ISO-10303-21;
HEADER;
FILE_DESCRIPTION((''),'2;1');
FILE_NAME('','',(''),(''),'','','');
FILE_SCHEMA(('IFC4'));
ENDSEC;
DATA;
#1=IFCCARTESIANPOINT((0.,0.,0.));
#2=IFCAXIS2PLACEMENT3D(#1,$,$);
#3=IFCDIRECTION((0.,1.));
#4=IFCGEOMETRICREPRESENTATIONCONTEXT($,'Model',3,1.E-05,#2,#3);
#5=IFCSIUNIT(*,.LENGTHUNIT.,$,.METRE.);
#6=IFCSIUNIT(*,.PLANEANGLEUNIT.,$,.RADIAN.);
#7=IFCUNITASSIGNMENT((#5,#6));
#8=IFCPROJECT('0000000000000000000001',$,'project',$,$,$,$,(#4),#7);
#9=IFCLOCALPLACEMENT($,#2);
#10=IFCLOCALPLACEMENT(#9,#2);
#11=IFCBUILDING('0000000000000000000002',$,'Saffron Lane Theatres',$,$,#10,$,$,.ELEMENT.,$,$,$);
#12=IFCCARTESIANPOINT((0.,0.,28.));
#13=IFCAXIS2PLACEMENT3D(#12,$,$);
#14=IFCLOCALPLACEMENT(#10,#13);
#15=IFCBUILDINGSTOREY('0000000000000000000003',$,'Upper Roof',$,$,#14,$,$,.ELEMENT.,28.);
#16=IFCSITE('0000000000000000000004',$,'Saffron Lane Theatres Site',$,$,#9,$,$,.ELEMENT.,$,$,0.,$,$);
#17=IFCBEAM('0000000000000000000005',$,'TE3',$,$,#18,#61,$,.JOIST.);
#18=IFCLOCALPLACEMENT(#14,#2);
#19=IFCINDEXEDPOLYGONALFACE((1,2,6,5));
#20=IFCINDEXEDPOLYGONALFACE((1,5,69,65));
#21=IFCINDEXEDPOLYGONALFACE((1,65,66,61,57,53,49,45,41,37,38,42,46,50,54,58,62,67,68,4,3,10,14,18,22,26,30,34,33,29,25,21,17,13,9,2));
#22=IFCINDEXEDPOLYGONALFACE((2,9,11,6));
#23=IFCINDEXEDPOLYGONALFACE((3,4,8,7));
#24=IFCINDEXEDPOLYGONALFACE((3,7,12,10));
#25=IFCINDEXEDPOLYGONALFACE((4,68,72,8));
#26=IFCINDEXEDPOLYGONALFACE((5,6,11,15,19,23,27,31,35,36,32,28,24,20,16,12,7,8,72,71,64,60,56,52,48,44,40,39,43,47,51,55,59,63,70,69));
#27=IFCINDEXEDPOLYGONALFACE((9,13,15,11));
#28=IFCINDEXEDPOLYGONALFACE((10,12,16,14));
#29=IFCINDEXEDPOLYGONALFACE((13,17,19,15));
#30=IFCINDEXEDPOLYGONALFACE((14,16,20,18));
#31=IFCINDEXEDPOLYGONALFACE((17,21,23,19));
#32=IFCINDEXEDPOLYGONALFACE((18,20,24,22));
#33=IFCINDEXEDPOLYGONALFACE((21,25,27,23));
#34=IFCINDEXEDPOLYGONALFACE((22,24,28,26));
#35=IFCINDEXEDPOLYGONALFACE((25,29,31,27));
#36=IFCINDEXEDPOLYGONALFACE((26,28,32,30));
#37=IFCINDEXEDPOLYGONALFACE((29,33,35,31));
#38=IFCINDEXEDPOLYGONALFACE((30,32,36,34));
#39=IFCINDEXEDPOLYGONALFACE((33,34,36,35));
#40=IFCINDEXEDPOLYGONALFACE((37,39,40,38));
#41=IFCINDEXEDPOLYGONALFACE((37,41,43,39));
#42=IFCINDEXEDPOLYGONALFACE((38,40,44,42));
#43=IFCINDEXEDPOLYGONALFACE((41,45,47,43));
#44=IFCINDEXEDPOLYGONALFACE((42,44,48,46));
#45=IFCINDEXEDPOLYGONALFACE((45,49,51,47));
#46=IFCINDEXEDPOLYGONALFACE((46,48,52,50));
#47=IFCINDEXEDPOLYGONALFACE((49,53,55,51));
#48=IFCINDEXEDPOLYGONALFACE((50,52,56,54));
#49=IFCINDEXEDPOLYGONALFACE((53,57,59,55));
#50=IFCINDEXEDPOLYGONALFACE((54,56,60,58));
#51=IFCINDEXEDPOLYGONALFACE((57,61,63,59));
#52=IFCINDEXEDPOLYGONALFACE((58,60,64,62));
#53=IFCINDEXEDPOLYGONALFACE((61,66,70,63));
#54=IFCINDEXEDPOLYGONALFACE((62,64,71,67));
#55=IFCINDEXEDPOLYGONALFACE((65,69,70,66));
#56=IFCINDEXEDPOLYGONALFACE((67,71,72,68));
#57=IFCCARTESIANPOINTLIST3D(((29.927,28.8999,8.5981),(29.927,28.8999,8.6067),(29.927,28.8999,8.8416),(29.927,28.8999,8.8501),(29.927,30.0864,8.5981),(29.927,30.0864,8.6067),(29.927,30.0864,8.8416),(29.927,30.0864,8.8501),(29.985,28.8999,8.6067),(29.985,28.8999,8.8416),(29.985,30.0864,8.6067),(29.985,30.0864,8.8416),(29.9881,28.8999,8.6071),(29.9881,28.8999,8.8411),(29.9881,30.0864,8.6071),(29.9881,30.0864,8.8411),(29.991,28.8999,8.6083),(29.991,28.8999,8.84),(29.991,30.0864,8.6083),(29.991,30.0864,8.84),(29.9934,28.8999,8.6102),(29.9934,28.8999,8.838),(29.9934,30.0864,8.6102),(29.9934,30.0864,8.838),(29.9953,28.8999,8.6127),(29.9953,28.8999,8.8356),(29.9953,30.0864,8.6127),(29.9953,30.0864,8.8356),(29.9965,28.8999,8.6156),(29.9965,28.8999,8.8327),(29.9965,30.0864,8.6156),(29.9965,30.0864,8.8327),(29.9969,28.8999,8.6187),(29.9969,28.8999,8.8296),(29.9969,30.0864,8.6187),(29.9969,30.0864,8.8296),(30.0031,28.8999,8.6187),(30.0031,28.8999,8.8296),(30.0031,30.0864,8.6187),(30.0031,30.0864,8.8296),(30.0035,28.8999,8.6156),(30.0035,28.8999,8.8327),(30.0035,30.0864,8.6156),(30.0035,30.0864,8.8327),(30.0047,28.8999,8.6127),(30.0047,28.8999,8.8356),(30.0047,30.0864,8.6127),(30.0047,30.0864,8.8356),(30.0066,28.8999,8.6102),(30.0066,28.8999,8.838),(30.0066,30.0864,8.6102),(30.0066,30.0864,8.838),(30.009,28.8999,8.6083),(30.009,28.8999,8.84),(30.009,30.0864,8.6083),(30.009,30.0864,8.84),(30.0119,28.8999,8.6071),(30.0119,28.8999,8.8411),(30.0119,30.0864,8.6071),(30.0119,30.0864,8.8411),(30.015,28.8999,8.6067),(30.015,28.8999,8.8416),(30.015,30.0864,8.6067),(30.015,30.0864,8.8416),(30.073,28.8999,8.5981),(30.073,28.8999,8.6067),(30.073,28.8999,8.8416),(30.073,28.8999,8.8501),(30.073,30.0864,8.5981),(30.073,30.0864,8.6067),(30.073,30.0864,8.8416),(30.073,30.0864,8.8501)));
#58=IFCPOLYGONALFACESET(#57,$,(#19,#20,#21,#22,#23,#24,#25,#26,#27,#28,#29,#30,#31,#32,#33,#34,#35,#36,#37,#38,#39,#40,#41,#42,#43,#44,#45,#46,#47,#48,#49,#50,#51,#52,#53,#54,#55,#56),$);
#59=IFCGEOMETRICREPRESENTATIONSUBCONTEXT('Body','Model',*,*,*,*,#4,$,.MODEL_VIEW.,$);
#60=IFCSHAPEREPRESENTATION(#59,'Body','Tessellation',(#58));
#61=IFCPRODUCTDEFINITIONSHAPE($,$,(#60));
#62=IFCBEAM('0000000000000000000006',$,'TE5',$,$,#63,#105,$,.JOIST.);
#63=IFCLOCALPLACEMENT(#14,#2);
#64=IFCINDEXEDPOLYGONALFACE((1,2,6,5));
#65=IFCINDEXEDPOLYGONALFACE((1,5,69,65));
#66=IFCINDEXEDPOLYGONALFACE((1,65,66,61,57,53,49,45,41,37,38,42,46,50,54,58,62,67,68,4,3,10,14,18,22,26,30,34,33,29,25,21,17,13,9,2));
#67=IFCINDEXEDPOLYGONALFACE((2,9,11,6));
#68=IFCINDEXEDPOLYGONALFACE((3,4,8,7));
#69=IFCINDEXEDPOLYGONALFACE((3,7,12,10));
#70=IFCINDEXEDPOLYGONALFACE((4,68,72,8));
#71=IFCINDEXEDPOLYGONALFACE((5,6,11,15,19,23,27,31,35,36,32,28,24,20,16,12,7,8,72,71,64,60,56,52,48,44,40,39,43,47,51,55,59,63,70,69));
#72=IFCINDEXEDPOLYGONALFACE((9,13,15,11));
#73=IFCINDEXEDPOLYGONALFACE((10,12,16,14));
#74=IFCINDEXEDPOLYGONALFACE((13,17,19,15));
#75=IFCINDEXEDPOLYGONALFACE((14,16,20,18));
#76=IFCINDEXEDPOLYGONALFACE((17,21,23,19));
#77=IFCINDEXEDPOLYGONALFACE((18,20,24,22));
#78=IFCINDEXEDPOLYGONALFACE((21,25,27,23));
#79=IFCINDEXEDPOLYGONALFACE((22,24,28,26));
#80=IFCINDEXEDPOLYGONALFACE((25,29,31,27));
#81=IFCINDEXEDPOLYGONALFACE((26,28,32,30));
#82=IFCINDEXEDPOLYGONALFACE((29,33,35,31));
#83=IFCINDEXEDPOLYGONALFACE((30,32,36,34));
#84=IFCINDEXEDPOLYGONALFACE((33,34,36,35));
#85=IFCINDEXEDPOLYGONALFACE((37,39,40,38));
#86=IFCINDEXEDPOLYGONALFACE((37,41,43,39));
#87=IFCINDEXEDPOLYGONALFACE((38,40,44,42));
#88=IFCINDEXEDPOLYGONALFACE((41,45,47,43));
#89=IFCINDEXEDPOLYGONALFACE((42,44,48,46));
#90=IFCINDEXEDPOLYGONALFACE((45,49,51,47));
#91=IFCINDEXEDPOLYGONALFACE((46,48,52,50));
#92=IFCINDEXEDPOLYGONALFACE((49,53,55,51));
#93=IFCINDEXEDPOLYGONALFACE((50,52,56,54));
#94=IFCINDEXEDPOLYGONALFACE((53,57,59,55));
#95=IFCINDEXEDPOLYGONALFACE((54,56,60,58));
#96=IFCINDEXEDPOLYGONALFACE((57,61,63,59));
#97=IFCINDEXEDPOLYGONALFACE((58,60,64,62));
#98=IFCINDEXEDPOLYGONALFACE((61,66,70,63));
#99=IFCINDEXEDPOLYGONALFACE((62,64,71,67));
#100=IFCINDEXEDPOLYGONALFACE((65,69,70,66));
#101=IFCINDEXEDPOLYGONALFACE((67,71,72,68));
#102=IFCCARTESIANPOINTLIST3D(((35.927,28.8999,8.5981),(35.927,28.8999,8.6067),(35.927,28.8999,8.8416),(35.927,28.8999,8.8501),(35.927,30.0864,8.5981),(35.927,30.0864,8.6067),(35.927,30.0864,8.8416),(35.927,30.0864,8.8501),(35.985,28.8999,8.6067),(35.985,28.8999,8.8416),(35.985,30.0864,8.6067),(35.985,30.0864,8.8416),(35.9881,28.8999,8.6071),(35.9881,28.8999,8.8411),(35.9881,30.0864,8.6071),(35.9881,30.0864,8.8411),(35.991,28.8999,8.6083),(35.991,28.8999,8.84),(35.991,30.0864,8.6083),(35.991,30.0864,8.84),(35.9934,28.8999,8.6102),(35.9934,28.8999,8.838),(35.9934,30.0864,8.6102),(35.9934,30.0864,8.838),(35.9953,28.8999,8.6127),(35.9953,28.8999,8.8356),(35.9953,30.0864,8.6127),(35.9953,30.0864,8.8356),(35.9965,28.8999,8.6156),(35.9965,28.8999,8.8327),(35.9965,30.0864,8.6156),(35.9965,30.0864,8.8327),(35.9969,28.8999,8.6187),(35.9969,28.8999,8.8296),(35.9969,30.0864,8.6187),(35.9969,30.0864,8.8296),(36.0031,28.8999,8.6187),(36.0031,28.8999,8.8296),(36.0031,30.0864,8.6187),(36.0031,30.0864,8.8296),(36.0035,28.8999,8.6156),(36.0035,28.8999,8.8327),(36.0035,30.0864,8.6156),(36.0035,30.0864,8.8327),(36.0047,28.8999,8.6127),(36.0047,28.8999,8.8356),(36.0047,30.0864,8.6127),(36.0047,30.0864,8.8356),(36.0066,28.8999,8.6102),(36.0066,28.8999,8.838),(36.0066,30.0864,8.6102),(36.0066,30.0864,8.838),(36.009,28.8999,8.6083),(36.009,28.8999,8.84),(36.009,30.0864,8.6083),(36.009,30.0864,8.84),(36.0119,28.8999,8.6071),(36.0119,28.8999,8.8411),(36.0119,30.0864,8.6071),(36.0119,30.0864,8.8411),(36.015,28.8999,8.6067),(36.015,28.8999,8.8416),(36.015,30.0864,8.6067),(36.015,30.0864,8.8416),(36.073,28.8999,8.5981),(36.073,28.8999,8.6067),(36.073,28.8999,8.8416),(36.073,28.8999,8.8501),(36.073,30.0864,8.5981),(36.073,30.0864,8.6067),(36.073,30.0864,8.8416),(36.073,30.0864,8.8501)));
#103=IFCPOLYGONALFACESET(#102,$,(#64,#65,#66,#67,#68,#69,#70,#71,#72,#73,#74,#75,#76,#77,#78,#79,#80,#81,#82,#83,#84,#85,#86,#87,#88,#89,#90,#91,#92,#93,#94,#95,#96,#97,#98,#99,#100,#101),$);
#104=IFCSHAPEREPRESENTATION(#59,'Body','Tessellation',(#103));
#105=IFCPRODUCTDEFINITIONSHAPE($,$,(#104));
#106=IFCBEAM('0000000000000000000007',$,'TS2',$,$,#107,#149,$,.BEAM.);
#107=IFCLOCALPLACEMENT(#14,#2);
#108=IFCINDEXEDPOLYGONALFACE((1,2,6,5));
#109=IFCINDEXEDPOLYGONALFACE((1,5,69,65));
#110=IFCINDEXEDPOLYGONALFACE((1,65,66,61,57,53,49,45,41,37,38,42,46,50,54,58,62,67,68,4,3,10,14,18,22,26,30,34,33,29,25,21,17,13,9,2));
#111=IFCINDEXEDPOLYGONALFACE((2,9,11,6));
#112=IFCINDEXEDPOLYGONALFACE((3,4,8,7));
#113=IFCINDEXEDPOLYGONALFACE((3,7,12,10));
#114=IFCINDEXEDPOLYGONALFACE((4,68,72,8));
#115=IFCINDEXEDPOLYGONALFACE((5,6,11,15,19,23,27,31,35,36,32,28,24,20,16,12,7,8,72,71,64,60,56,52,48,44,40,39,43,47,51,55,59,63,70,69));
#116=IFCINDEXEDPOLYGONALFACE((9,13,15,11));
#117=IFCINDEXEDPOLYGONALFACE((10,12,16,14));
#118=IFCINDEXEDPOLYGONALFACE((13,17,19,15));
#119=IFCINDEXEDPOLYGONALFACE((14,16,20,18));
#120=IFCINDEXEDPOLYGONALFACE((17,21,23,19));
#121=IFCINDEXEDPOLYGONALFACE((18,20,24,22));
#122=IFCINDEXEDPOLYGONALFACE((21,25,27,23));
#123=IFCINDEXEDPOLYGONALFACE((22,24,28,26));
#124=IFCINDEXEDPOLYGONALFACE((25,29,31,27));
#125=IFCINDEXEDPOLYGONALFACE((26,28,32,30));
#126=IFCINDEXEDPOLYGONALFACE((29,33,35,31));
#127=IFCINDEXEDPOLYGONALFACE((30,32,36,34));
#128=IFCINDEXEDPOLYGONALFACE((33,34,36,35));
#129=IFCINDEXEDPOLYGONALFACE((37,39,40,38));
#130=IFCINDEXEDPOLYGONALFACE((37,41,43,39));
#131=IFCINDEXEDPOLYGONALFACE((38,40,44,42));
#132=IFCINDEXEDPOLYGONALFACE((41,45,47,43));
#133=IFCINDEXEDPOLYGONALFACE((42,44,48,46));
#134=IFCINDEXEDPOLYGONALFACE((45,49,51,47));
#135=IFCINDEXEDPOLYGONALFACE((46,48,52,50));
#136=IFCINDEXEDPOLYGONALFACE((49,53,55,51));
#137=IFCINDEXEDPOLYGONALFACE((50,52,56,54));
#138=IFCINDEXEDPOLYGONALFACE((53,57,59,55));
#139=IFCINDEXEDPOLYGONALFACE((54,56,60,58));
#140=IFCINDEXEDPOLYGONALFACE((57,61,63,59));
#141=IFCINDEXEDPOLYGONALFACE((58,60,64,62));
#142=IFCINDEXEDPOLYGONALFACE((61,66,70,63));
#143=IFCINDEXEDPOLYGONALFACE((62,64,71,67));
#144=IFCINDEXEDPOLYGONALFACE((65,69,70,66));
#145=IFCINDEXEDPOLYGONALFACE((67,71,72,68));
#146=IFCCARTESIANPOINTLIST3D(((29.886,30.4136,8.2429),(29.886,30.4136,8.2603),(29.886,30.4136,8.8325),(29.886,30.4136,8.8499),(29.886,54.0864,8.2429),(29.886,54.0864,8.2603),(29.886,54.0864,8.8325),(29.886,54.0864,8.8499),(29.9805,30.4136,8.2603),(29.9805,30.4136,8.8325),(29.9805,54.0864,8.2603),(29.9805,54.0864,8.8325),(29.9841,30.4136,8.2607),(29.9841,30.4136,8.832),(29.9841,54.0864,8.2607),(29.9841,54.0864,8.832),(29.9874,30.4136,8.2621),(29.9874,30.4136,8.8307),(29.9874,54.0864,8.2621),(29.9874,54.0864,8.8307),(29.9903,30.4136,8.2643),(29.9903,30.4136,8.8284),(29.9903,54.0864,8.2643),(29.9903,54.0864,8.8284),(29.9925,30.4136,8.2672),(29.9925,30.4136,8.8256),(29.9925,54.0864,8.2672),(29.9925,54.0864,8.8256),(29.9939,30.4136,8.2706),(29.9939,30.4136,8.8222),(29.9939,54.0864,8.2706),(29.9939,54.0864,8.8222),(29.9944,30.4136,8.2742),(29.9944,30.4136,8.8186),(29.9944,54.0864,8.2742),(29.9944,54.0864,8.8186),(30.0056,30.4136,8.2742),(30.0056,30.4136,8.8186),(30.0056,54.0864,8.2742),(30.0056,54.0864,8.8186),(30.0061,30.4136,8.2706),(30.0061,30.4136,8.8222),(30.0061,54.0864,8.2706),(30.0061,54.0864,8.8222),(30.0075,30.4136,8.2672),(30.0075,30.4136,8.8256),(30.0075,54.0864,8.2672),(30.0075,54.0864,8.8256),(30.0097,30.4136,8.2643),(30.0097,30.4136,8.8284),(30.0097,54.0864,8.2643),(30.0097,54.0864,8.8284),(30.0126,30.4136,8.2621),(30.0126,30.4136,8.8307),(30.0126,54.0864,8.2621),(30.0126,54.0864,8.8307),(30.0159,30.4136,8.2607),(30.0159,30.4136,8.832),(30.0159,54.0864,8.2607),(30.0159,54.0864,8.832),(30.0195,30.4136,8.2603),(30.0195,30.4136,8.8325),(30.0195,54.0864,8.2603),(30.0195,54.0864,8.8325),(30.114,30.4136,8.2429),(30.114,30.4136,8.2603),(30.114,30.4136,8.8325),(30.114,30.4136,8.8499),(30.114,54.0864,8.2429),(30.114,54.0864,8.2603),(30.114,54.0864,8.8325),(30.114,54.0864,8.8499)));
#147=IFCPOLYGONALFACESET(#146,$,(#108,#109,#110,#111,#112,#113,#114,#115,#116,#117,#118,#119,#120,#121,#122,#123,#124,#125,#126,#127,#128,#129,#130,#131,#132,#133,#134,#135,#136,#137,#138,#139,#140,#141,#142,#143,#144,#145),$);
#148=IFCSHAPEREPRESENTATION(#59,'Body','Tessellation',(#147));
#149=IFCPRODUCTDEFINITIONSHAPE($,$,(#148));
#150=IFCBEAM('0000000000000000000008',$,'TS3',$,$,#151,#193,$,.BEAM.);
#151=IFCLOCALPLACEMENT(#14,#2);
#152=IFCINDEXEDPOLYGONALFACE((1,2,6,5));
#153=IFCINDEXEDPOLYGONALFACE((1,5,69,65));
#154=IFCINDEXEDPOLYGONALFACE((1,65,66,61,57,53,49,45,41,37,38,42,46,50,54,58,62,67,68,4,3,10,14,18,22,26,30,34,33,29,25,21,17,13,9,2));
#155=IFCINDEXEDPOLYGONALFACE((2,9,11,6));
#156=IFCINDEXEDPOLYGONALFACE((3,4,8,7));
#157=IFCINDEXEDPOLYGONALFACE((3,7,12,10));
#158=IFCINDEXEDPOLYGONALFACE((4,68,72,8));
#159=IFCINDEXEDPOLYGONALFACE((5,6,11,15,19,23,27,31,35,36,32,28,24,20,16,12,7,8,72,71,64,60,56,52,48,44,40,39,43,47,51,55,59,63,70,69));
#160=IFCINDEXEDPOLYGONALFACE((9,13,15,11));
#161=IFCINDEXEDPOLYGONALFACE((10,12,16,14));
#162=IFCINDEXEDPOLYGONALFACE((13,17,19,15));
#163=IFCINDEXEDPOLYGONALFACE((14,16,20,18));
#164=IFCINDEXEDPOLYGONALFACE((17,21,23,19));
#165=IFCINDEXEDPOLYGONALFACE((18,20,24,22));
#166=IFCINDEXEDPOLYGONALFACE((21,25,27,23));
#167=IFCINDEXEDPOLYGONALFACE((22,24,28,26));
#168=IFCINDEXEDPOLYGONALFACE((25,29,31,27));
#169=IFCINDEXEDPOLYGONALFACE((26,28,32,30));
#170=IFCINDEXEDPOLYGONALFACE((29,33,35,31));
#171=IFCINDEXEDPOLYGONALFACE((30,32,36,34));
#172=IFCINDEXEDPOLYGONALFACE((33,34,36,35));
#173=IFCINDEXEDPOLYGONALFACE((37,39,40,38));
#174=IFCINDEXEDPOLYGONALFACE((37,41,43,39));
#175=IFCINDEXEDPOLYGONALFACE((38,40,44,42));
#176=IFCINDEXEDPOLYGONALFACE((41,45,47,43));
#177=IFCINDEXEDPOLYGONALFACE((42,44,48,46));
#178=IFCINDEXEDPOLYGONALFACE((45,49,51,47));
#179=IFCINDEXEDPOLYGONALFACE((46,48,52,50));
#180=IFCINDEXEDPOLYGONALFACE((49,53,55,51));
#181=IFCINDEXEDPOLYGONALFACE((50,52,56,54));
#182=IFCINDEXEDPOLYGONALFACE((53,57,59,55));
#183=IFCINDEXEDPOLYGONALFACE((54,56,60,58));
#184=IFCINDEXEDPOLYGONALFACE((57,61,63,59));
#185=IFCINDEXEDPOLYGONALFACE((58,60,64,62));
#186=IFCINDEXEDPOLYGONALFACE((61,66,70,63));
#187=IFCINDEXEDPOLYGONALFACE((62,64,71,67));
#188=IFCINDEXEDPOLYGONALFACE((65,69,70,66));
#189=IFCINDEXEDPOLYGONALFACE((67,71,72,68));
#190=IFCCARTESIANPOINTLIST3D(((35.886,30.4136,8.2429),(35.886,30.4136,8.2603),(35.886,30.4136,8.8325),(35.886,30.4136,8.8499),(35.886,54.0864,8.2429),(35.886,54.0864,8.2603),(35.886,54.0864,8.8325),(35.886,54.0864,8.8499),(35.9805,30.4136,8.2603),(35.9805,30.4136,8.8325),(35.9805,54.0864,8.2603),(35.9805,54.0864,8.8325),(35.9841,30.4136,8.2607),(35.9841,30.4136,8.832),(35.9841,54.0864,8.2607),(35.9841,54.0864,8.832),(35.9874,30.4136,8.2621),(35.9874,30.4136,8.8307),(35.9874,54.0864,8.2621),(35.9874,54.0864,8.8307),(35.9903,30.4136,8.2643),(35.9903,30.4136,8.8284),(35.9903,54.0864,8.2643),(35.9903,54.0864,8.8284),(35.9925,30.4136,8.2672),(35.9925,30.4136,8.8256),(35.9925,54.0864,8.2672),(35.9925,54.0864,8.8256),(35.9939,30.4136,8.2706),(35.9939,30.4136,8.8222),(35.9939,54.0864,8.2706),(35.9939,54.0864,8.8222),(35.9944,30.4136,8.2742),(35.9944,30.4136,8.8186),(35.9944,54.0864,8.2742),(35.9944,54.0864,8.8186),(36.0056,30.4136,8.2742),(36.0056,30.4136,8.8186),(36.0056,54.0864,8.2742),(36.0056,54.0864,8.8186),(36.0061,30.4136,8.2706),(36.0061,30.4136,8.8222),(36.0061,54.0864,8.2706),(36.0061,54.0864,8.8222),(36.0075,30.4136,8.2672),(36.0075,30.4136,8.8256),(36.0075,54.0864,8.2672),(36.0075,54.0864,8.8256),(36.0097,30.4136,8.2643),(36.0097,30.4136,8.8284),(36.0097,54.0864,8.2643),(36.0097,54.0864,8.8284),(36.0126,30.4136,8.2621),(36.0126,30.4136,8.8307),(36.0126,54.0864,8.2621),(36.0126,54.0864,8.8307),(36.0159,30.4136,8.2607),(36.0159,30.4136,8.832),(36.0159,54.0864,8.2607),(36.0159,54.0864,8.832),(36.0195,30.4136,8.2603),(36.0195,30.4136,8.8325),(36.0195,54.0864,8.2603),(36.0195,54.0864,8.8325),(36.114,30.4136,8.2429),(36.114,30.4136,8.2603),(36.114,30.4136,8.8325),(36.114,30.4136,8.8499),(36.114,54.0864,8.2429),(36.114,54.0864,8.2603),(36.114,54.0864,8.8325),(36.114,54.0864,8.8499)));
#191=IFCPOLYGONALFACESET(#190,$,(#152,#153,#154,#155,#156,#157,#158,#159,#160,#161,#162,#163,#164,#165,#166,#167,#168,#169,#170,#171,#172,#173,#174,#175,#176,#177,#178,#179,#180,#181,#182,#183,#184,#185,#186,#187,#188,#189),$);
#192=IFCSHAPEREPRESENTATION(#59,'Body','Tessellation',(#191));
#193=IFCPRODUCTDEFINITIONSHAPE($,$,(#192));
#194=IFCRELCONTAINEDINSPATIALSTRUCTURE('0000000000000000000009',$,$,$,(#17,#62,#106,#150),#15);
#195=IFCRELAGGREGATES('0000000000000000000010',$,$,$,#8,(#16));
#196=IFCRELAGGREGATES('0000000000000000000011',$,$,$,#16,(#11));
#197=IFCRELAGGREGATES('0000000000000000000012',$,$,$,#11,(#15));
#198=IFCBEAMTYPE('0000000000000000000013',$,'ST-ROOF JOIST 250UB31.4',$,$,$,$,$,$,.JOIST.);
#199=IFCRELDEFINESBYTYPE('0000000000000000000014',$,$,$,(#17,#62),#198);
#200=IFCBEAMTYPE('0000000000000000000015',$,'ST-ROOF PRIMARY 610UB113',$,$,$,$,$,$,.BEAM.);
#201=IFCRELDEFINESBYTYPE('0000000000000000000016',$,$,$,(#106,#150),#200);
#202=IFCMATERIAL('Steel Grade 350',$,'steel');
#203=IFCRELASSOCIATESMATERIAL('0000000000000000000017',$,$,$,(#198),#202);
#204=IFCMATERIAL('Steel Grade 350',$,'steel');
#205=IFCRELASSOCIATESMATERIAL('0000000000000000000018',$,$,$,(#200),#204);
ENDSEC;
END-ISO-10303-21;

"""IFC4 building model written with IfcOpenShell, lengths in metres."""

from ifc_helpers import new_model, si_unit, direction, frame, origin, origin_2d, place, context, subcontext, project, spatial, i_section, extrude, material, material_profile, profile_set, type_object, element, save


model = new_model("IFC4")

# Units and contexts
model_context = context("Model", 3, precision=1e-05, world=origin(), true_north=direction((0.0, 1.0)))
body_context = subcontext(model_context, "Body", "Model", "MODEL_VIEW")
ifc_project = project(units=[si_unit("LENGTHUNIT", "METRE"), si_unit("PLANEANGLEUNIT", "RADIAN")], contexts=[model_context])

# Site, building, storey
site_placement = place(None, origin())
site = spatial("IfcSite", under=ifc_project, at=site_placement, Name="Saffron Lane Theatres Site", CompositionType="ELEMENT", RefElevation=0.0)
building_placement = place(site_placement, origin())
building = spatial("IfcBuilding", under=site, at=building_placement, Name="Saffron Lane Theatres", CompositionType="ELEMENT")
storey_placement = place(building_placement, frame((0.0, 0.0, 28.0)))
storey = spatial("IfcBuildingStorey", under=building, at=storey_placement, Name="Upper Roof", CompositionType="ELEMENT", Elevation=28.0)

# Beams
ifc_material_1 = material(Name="Steel Grade 350", Category="steel")
ifc_material_profile_1 = material_profile(ifc_material_1, i_section(OverallWidth=0.146, OverallDepth=0.252, WebThickness=0.0061, FlangeThickness=0.0085, FilletRadius=0.012, at=origin_2d()))
ifc_profile_set_1 = profile_set([ifc_material_profile_1], Name="Steel Grade 350")
beam_type_1 = type_object("IfcBeamType", Name="ST-ROOF JOIST 250UB31.4", PredefinedType="JOIST", material=ifc_profile_set_1)
for number, where, z_axis, x_axis, name in (
    (1, (30.0, 30.0864, 8.7241), (0.0, -1.0, 0.0), (1.0, 0.0, 0.0), "TE3"),
    (2, (36.0, 30.0864, 8.7241), (0.0, -1.0, 0.0), (1.0, 0.0, 0.0), "TE5"),
):
    element("IfcBeam", number, at=place(storey_placement, frame(where, z_axis=z_axis, x_axis=x_axis)), inside=storey, type_object=beam_type_1, Name=name, PredefinedType="JOIST", context=body_context, shape_type="SweptSolid", body=[
        extrude(i_section(OverallWidth=0.146, OverallDepth=0.252, WebThickness=0.0061, FlangeThickness=0.0085, FilletRadius=0.012, at=origin_2d()), origin(), (0.0, 0.0, 1.0), 1.1865),
    ])
ifc_material_2 = material(Name="Steel Grade 350", Category="steel")
ifc_material_profile_2 = material_profile(ifc_material_2, i_section(OverallWidth=0.228, OverallDepth=0.6069, WebThickness=0.0112, FlangeThickness=0.0173, FilletRadius=0.0139, at=origin_2d()))
ifc_profile_set_2 = profile_set([ifc_material_profile_2], Name="Steel Grade 350")
beam_type_2 = type_object("IfcBeamType", Name="ST-ROOF PRIMARY 610UB113", PredefinedType="BEAM", material=ifc_profile_set_2)
for number, where, z_axis, x_axis, name in (
    (3, (30.0, 30.4136, 8.5464), (0.0, 1.0, 0.0), (-1.0, 0.0, 0.0), "TS2"),
    (4, (36.0, 30.4136, 8.5464), (0.0, 1.0, 0.0), (-1.0, 0.0, 0.0), "TS3"),
):
    element("IfcBeam", number, at=place(storey_placement, frame(where, z_axis=z_axis, x_axis=x_axis)), inside=storey, type_object=beam_type_2, Name=name, PredefinedType="BEAM", context=body_context, shape_type="SweptSolid", body=[
        extrude(i_section(OverallWidth=0.228, OverallDepth=0.6069, WebThickness=0.0112, FlangeThickness=0.0173, FilletRadius=0.0139, at=origin_2d()), origin(), (0.0, 0.0, 1.0), 23.6729),
    ])

save(model, "model.ifc")
